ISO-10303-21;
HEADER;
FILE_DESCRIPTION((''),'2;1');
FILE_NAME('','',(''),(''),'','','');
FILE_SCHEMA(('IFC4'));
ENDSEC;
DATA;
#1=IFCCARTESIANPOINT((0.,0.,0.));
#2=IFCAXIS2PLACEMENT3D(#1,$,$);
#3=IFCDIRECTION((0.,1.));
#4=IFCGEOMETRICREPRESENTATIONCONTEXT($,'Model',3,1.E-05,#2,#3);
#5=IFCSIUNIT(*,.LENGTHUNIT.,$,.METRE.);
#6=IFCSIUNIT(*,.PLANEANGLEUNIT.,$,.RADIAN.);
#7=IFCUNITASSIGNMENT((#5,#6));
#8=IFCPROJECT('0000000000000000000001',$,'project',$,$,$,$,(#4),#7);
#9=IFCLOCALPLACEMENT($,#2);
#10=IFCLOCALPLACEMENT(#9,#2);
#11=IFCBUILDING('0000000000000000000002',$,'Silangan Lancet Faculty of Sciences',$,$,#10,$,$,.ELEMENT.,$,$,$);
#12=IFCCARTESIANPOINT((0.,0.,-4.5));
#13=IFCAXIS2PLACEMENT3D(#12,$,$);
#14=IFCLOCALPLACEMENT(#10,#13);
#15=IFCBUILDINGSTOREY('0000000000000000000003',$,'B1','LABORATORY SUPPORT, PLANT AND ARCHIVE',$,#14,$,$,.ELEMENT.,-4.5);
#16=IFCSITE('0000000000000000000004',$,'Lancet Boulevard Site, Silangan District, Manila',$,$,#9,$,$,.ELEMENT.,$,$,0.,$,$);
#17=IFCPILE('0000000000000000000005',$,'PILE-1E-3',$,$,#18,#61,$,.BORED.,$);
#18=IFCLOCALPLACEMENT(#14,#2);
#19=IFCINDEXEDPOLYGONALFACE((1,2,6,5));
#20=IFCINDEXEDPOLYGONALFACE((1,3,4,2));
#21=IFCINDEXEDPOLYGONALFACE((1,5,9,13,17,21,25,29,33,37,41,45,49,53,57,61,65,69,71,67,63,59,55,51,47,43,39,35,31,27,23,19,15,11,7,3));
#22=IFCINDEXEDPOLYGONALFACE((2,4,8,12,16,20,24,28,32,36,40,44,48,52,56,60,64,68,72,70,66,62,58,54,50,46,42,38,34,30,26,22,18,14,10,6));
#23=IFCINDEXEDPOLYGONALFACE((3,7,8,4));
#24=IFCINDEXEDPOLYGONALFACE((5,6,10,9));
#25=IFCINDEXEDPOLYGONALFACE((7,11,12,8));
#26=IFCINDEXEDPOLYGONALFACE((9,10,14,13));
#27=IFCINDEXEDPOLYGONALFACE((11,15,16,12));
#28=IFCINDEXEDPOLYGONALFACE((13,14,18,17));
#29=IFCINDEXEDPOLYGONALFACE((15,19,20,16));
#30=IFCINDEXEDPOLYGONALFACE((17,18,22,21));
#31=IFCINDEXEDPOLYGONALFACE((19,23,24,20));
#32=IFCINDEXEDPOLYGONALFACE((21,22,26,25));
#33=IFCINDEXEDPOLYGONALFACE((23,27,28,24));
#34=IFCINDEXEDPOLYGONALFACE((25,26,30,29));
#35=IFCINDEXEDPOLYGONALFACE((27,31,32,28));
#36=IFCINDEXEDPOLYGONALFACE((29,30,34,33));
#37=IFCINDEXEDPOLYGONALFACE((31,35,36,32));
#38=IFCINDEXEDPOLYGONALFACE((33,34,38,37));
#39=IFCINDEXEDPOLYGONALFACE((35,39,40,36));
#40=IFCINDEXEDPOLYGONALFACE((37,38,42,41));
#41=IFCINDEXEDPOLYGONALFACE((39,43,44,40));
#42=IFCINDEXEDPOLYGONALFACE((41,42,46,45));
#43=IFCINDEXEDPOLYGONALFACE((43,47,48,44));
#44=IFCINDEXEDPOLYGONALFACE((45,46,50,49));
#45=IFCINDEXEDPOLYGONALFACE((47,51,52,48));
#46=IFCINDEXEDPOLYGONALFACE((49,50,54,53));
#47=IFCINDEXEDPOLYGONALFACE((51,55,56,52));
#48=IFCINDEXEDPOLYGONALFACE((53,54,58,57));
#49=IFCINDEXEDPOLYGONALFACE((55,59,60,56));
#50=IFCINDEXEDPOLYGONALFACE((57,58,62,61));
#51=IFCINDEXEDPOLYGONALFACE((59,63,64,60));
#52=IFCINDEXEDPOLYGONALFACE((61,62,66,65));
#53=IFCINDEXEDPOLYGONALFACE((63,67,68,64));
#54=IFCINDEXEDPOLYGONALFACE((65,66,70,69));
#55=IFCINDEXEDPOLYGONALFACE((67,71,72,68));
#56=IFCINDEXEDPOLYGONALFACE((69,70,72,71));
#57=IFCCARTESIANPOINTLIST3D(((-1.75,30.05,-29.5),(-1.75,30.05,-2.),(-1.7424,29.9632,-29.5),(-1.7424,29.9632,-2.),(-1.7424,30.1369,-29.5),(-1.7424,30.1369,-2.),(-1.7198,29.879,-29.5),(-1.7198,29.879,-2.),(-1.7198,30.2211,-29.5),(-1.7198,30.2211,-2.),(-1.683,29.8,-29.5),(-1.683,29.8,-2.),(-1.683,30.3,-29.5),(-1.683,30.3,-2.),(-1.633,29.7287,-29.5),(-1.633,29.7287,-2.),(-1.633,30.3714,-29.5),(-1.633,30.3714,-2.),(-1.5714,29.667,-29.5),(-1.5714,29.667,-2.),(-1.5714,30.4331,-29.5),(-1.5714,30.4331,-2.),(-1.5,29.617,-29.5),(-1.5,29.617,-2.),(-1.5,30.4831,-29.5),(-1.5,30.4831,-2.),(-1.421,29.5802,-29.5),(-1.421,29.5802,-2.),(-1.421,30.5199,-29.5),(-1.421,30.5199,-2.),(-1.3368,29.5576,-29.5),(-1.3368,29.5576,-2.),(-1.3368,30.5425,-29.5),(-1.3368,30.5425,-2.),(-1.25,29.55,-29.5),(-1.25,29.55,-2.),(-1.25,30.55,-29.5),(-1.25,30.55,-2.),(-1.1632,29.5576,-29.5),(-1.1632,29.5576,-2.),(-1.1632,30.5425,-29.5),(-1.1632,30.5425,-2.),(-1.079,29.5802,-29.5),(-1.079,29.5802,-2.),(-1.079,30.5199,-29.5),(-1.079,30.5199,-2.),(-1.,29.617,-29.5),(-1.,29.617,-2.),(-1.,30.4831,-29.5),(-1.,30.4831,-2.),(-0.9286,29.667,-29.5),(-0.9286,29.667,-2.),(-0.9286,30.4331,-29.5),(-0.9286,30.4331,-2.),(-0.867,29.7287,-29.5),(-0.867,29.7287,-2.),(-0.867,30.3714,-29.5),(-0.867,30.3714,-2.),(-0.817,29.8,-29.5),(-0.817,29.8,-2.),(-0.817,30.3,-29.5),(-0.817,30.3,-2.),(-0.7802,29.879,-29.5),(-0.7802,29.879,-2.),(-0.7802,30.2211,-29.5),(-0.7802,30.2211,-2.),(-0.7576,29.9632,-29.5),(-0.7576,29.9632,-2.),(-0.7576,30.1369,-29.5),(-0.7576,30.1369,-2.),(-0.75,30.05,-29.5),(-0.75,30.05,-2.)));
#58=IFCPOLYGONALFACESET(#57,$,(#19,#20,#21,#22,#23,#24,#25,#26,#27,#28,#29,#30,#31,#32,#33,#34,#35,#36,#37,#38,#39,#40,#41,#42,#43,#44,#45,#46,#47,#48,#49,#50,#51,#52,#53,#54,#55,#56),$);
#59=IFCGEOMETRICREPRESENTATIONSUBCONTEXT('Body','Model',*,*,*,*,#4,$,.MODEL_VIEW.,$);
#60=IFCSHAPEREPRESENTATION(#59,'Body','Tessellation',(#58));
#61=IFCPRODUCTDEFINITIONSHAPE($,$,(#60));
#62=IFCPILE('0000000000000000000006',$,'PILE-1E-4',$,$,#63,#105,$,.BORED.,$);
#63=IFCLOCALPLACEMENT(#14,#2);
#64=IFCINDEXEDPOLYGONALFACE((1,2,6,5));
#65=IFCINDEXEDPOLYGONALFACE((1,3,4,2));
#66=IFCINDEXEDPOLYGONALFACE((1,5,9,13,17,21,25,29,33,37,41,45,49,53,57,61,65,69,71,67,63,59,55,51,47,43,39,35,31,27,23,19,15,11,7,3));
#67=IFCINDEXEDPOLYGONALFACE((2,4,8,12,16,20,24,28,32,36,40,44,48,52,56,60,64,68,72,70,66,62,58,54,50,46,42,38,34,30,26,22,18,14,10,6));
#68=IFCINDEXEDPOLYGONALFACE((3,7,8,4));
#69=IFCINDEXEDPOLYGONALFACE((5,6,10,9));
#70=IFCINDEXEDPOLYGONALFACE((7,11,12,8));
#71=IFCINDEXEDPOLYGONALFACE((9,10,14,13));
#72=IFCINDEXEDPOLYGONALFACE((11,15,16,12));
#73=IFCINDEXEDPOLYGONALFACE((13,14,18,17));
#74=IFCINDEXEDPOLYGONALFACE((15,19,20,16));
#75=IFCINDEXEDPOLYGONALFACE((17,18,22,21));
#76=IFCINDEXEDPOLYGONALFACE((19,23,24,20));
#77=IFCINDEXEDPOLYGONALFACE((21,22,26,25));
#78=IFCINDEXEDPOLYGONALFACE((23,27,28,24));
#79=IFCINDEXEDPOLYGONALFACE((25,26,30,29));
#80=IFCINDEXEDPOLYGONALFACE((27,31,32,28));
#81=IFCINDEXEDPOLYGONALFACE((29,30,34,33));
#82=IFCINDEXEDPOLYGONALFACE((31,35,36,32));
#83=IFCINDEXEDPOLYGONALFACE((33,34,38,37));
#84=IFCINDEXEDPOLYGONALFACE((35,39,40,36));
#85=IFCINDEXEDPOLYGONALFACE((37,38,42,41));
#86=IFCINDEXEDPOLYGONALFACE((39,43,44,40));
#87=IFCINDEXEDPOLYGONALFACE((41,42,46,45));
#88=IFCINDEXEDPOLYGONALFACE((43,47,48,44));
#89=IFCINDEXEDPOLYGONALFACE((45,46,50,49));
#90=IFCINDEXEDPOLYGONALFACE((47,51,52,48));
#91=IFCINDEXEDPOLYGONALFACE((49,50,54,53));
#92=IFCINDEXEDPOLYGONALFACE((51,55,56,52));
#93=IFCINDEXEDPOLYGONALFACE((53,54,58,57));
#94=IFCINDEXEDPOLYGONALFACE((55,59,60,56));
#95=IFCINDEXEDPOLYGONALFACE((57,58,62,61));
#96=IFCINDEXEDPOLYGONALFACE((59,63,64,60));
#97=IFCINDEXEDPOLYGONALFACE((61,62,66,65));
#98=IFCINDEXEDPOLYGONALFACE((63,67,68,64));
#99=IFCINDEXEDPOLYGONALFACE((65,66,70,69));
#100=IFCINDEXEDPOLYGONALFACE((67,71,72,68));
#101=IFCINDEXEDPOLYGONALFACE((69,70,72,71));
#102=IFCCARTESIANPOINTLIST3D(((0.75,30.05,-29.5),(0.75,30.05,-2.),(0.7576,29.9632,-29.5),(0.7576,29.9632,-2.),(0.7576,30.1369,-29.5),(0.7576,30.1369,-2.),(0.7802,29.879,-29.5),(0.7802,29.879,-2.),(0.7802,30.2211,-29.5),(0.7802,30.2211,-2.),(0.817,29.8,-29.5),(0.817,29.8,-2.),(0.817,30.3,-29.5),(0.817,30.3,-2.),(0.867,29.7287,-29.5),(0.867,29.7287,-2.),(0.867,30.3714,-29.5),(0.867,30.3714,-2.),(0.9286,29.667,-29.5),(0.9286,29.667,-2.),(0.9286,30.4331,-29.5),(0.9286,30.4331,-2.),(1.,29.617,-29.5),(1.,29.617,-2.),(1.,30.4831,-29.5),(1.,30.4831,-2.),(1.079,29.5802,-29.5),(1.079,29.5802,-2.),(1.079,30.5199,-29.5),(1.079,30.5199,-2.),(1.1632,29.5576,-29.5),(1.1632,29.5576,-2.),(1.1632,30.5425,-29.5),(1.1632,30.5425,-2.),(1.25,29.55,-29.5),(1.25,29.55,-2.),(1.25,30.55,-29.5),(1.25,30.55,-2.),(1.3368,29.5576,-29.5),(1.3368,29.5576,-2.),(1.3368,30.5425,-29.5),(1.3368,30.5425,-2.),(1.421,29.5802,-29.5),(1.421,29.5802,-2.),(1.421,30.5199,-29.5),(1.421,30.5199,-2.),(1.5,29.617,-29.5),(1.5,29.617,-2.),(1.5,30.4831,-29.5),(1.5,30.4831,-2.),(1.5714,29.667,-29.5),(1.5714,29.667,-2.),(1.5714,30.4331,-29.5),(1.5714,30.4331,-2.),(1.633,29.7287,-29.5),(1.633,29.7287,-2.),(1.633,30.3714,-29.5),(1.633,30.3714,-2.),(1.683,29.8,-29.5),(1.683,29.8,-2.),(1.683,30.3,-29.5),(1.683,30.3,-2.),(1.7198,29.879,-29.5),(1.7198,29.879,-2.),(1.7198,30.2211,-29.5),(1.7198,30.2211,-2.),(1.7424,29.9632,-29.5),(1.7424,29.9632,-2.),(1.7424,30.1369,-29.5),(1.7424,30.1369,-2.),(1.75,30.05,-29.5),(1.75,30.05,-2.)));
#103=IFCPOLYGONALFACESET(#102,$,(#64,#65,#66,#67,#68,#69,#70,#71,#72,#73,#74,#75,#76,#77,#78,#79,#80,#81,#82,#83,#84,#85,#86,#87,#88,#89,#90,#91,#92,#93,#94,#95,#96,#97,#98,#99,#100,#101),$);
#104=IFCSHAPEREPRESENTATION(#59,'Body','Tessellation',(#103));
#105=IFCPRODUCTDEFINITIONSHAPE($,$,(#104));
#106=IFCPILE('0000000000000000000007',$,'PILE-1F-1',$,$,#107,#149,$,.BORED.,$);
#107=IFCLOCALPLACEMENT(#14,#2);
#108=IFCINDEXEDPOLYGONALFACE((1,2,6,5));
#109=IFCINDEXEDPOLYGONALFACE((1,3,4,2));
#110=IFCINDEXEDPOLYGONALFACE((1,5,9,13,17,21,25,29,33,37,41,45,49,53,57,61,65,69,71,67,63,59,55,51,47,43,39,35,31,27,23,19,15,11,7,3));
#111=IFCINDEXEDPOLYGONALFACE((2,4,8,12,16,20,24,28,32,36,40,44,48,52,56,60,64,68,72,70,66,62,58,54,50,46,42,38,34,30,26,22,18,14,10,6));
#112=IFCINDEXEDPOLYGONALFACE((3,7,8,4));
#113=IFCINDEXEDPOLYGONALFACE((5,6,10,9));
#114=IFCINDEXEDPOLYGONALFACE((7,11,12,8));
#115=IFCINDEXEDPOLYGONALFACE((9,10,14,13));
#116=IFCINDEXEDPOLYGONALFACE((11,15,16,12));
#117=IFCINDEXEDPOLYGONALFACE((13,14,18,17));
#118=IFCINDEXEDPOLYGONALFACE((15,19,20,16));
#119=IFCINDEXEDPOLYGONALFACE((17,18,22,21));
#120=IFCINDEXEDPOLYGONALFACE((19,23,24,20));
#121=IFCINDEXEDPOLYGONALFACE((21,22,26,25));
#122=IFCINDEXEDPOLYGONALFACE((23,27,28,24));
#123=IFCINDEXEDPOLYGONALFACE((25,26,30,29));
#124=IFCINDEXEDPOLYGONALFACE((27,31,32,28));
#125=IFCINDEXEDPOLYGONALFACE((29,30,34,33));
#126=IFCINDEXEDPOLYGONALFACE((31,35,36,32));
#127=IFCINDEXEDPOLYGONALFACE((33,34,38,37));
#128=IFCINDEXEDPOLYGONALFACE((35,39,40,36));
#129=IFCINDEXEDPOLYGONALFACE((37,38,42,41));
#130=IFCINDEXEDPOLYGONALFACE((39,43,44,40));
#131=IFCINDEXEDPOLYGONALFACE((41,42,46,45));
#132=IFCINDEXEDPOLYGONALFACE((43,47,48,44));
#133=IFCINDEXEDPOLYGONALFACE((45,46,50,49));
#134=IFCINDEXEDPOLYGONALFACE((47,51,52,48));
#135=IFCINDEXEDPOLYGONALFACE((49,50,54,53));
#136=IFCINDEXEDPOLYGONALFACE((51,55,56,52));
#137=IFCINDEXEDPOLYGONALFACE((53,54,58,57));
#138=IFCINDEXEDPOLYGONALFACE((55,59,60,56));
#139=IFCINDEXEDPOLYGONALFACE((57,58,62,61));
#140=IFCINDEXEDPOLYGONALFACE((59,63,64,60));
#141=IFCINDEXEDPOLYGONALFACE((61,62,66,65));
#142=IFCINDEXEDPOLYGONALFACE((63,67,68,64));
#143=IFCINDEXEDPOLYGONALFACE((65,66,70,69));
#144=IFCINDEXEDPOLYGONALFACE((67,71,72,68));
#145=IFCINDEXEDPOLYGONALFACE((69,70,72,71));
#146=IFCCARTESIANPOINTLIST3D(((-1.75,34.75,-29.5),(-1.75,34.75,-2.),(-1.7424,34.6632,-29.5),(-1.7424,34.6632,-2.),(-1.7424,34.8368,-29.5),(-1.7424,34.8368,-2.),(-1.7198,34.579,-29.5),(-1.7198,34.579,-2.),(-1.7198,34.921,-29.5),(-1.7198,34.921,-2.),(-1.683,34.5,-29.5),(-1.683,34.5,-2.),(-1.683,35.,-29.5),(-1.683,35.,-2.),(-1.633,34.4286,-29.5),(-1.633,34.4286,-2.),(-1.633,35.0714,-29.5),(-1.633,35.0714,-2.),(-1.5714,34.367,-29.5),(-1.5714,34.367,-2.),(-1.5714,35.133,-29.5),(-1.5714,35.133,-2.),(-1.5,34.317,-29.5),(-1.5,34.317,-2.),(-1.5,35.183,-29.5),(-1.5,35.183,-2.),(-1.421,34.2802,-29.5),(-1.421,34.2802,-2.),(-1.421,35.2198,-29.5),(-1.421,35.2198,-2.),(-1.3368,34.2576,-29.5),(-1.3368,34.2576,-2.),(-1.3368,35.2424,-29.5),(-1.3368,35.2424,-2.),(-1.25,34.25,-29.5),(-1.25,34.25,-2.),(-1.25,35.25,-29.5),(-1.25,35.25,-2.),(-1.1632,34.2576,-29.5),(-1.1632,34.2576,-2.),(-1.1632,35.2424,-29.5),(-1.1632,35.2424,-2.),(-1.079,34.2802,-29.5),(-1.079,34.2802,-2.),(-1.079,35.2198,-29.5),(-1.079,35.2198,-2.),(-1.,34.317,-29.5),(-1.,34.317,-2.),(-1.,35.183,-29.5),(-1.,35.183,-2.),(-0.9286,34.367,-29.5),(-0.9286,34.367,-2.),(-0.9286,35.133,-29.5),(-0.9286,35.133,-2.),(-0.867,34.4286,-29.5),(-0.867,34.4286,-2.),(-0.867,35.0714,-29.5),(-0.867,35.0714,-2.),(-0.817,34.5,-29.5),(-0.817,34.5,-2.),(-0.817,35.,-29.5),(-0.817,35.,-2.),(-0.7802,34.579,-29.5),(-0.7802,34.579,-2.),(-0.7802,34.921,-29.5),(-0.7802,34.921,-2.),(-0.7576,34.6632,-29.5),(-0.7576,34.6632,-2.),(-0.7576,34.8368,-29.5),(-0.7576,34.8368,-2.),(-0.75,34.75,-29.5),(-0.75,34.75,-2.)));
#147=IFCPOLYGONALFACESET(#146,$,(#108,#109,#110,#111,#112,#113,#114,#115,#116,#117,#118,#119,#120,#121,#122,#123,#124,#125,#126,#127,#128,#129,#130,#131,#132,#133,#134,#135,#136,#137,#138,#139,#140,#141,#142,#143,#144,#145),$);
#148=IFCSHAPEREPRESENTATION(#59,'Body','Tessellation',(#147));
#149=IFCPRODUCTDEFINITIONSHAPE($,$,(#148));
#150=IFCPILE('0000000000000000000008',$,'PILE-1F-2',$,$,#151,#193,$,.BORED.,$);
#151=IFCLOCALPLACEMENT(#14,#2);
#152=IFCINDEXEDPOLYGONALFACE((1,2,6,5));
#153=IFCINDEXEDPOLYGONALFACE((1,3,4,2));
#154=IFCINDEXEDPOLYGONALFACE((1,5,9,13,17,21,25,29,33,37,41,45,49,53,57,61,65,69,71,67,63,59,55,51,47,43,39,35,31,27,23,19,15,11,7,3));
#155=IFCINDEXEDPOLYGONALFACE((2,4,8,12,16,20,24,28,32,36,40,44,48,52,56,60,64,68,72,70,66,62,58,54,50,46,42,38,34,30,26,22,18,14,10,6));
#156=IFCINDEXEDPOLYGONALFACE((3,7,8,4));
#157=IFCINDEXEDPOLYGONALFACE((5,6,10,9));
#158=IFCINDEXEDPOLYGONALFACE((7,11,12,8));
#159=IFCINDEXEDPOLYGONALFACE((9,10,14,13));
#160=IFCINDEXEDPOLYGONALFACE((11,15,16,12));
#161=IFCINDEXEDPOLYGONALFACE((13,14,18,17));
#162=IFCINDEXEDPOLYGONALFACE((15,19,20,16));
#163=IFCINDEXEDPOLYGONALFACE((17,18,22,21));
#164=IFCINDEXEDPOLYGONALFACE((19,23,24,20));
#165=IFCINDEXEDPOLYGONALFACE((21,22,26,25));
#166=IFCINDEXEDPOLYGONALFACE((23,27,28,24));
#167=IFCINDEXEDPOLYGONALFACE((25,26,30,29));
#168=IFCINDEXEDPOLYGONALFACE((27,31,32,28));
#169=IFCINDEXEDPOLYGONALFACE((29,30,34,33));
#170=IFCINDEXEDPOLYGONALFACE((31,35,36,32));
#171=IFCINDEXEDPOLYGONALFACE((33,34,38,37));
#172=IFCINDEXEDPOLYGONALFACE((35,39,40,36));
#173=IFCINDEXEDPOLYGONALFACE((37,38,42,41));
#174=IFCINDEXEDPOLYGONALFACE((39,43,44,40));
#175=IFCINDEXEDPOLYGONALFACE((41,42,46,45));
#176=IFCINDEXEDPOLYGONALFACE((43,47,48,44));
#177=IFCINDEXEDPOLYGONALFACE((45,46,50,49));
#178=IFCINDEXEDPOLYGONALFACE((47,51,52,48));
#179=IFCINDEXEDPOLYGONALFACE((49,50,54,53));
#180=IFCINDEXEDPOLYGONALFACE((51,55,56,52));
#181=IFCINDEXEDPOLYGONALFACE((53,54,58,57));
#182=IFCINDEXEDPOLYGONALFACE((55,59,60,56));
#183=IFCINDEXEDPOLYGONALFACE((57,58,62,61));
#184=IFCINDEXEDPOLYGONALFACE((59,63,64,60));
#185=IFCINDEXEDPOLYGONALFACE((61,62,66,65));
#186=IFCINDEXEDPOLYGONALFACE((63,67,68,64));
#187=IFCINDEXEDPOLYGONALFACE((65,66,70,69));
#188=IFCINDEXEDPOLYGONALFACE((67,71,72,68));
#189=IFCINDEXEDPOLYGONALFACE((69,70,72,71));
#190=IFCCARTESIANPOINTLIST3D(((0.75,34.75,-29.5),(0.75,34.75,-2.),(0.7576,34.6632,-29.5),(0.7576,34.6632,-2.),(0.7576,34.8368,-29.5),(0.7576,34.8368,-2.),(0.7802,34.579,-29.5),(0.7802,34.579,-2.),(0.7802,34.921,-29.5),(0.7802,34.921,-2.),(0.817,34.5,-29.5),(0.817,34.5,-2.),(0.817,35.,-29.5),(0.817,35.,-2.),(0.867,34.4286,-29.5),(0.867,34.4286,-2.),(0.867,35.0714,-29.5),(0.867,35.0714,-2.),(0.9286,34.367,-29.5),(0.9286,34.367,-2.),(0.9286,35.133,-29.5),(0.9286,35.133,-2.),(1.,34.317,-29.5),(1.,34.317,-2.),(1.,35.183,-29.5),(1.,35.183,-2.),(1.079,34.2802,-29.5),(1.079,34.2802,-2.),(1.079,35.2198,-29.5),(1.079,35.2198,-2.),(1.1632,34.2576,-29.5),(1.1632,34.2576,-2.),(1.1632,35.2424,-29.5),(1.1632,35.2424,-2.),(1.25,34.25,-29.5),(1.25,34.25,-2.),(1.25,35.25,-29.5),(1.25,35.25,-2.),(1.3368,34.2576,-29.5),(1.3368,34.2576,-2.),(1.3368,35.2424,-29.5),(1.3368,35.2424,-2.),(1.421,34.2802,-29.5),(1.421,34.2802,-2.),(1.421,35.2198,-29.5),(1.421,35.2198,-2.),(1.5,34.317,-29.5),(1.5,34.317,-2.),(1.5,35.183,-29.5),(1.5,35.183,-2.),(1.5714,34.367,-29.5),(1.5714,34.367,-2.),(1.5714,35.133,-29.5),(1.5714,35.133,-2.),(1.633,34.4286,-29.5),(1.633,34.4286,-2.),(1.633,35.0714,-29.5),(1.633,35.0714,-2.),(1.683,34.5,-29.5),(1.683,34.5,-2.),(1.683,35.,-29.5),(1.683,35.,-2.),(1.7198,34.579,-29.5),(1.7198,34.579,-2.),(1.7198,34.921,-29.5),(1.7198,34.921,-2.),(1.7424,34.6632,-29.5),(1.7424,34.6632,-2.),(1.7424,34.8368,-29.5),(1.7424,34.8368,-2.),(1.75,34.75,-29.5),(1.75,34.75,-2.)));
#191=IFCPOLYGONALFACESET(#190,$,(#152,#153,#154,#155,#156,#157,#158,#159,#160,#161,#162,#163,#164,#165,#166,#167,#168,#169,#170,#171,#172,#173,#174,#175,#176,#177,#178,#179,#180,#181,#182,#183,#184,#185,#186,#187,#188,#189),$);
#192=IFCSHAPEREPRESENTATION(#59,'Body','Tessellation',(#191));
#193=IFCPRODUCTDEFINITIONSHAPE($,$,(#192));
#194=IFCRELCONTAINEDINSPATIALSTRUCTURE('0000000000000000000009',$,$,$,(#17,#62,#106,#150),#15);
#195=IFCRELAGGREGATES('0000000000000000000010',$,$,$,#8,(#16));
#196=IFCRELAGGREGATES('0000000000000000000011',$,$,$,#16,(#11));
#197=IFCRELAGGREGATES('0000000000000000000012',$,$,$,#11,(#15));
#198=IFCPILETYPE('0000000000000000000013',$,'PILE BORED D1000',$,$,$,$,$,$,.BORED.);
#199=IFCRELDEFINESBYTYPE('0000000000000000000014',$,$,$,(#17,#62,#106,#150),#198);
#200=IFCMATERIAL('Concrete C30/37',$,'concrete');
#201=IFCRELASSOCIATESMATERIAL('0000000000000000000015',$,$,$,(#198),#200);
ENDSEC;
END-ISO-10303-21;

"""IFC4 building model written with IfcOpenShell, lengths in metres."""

from ifc_helpers import new_model, si_unit, direction, frame, origin, origin_2d, place, context, subcontext, project, spatial, circle, extrude, material, material_profile, profile_set, type_object, element, save


model = new_model("IFC4")

# Units and contexts
model_context = context("Model", 3, precision=1e-05, world=origin(), true_north=direction((0.0, 1.0)))
body_context = subcontext(model_context, "Body", "Model", "MODEL_VIEW")
ifc_project = project(units=[si_unit("LENGTHUNIT", "METRE"), si_unit("PLANEANGLEUNIT", "RADIAN")], contexts=[model_context])

# Site, building, storey
site_placement = place(None, origin())
site = spatial("IfcSite", under=ifc_project, at=site_placement, Name="Lancet Boulevard Site, Silangan District, Manila", CompositionType="ELEMENT", RefElevation=0.0)
building_placement = place(site_placement, origin())
building = spatial("IfcBuilding", under=site, at=building_placement, Name="Silangan Lancet Faculty of Sciences", CompositionType="ELEMENT")
storey_placement = place(building_placement, frame((0.0, 0.0, -4.5)))
storey = spatial("IfcBuildingStorey", under=building, at=storey_placement, Name="B1", Description="LABORATORY SUPPORT, PLANT AND ARCHIVE", CompositionType="ELEMENT", Elevation=-4.5)

# Piles
ifc_material_1 = material(Name="Concrete C30/37", Category="concrete")
ifc_material_profile_1 = material_profile(ifc_material_1, circle(Radius=0.5, at=origin_2d()), Name="BORED PILE D1000")
ifc_profile_set_1 = profile_set([ifc_material_profile_1], Name="Concrete C30/37")
pile_type = type_object("IfcPileType", Name="PILE BORED D1000", PredefinedType="BORED", material=ifc_profile_set_1)
for number, where, z_axis, x_axis, name in (
    (1, (-1.25, 30.05, -2.0), (0.0, 0.0, -1.0), (1.0, 0.0, 0.0), "PILE-1E-3"),
    (2, (1.25, 30.05, -2.0), (0.0, 0.0, -1.0), (1.0, 0.0, 0.0), "PILE-1E-4"),
    (3, (-1.25, 34.75, -2.0), (0.0, 0.0, -1.0), (1.0, 0.0, 0.0), "PILE-1F-1"),
    (4, (1.25, 34.75, -2.0), (0.0, 0.0, -1.0), (1.0, 0.0, 0.0), "PILE-1F-2"),
):
    element("IfcPile", number, at=place(storey_placement, frame(where, z_axis=z_axis, x_axis=x_axis)), inside=storey, type_object=pile_type, Name=name, PredefinedType="BORED", context=body_context, shape_type="SweptSolid", body=[
        extrude(circle(Radius=0.5, at=origin_2d()), origin(), (0.0, 0.0, 1.0), 27.5),
    ])

save(model, "model.ifc")
